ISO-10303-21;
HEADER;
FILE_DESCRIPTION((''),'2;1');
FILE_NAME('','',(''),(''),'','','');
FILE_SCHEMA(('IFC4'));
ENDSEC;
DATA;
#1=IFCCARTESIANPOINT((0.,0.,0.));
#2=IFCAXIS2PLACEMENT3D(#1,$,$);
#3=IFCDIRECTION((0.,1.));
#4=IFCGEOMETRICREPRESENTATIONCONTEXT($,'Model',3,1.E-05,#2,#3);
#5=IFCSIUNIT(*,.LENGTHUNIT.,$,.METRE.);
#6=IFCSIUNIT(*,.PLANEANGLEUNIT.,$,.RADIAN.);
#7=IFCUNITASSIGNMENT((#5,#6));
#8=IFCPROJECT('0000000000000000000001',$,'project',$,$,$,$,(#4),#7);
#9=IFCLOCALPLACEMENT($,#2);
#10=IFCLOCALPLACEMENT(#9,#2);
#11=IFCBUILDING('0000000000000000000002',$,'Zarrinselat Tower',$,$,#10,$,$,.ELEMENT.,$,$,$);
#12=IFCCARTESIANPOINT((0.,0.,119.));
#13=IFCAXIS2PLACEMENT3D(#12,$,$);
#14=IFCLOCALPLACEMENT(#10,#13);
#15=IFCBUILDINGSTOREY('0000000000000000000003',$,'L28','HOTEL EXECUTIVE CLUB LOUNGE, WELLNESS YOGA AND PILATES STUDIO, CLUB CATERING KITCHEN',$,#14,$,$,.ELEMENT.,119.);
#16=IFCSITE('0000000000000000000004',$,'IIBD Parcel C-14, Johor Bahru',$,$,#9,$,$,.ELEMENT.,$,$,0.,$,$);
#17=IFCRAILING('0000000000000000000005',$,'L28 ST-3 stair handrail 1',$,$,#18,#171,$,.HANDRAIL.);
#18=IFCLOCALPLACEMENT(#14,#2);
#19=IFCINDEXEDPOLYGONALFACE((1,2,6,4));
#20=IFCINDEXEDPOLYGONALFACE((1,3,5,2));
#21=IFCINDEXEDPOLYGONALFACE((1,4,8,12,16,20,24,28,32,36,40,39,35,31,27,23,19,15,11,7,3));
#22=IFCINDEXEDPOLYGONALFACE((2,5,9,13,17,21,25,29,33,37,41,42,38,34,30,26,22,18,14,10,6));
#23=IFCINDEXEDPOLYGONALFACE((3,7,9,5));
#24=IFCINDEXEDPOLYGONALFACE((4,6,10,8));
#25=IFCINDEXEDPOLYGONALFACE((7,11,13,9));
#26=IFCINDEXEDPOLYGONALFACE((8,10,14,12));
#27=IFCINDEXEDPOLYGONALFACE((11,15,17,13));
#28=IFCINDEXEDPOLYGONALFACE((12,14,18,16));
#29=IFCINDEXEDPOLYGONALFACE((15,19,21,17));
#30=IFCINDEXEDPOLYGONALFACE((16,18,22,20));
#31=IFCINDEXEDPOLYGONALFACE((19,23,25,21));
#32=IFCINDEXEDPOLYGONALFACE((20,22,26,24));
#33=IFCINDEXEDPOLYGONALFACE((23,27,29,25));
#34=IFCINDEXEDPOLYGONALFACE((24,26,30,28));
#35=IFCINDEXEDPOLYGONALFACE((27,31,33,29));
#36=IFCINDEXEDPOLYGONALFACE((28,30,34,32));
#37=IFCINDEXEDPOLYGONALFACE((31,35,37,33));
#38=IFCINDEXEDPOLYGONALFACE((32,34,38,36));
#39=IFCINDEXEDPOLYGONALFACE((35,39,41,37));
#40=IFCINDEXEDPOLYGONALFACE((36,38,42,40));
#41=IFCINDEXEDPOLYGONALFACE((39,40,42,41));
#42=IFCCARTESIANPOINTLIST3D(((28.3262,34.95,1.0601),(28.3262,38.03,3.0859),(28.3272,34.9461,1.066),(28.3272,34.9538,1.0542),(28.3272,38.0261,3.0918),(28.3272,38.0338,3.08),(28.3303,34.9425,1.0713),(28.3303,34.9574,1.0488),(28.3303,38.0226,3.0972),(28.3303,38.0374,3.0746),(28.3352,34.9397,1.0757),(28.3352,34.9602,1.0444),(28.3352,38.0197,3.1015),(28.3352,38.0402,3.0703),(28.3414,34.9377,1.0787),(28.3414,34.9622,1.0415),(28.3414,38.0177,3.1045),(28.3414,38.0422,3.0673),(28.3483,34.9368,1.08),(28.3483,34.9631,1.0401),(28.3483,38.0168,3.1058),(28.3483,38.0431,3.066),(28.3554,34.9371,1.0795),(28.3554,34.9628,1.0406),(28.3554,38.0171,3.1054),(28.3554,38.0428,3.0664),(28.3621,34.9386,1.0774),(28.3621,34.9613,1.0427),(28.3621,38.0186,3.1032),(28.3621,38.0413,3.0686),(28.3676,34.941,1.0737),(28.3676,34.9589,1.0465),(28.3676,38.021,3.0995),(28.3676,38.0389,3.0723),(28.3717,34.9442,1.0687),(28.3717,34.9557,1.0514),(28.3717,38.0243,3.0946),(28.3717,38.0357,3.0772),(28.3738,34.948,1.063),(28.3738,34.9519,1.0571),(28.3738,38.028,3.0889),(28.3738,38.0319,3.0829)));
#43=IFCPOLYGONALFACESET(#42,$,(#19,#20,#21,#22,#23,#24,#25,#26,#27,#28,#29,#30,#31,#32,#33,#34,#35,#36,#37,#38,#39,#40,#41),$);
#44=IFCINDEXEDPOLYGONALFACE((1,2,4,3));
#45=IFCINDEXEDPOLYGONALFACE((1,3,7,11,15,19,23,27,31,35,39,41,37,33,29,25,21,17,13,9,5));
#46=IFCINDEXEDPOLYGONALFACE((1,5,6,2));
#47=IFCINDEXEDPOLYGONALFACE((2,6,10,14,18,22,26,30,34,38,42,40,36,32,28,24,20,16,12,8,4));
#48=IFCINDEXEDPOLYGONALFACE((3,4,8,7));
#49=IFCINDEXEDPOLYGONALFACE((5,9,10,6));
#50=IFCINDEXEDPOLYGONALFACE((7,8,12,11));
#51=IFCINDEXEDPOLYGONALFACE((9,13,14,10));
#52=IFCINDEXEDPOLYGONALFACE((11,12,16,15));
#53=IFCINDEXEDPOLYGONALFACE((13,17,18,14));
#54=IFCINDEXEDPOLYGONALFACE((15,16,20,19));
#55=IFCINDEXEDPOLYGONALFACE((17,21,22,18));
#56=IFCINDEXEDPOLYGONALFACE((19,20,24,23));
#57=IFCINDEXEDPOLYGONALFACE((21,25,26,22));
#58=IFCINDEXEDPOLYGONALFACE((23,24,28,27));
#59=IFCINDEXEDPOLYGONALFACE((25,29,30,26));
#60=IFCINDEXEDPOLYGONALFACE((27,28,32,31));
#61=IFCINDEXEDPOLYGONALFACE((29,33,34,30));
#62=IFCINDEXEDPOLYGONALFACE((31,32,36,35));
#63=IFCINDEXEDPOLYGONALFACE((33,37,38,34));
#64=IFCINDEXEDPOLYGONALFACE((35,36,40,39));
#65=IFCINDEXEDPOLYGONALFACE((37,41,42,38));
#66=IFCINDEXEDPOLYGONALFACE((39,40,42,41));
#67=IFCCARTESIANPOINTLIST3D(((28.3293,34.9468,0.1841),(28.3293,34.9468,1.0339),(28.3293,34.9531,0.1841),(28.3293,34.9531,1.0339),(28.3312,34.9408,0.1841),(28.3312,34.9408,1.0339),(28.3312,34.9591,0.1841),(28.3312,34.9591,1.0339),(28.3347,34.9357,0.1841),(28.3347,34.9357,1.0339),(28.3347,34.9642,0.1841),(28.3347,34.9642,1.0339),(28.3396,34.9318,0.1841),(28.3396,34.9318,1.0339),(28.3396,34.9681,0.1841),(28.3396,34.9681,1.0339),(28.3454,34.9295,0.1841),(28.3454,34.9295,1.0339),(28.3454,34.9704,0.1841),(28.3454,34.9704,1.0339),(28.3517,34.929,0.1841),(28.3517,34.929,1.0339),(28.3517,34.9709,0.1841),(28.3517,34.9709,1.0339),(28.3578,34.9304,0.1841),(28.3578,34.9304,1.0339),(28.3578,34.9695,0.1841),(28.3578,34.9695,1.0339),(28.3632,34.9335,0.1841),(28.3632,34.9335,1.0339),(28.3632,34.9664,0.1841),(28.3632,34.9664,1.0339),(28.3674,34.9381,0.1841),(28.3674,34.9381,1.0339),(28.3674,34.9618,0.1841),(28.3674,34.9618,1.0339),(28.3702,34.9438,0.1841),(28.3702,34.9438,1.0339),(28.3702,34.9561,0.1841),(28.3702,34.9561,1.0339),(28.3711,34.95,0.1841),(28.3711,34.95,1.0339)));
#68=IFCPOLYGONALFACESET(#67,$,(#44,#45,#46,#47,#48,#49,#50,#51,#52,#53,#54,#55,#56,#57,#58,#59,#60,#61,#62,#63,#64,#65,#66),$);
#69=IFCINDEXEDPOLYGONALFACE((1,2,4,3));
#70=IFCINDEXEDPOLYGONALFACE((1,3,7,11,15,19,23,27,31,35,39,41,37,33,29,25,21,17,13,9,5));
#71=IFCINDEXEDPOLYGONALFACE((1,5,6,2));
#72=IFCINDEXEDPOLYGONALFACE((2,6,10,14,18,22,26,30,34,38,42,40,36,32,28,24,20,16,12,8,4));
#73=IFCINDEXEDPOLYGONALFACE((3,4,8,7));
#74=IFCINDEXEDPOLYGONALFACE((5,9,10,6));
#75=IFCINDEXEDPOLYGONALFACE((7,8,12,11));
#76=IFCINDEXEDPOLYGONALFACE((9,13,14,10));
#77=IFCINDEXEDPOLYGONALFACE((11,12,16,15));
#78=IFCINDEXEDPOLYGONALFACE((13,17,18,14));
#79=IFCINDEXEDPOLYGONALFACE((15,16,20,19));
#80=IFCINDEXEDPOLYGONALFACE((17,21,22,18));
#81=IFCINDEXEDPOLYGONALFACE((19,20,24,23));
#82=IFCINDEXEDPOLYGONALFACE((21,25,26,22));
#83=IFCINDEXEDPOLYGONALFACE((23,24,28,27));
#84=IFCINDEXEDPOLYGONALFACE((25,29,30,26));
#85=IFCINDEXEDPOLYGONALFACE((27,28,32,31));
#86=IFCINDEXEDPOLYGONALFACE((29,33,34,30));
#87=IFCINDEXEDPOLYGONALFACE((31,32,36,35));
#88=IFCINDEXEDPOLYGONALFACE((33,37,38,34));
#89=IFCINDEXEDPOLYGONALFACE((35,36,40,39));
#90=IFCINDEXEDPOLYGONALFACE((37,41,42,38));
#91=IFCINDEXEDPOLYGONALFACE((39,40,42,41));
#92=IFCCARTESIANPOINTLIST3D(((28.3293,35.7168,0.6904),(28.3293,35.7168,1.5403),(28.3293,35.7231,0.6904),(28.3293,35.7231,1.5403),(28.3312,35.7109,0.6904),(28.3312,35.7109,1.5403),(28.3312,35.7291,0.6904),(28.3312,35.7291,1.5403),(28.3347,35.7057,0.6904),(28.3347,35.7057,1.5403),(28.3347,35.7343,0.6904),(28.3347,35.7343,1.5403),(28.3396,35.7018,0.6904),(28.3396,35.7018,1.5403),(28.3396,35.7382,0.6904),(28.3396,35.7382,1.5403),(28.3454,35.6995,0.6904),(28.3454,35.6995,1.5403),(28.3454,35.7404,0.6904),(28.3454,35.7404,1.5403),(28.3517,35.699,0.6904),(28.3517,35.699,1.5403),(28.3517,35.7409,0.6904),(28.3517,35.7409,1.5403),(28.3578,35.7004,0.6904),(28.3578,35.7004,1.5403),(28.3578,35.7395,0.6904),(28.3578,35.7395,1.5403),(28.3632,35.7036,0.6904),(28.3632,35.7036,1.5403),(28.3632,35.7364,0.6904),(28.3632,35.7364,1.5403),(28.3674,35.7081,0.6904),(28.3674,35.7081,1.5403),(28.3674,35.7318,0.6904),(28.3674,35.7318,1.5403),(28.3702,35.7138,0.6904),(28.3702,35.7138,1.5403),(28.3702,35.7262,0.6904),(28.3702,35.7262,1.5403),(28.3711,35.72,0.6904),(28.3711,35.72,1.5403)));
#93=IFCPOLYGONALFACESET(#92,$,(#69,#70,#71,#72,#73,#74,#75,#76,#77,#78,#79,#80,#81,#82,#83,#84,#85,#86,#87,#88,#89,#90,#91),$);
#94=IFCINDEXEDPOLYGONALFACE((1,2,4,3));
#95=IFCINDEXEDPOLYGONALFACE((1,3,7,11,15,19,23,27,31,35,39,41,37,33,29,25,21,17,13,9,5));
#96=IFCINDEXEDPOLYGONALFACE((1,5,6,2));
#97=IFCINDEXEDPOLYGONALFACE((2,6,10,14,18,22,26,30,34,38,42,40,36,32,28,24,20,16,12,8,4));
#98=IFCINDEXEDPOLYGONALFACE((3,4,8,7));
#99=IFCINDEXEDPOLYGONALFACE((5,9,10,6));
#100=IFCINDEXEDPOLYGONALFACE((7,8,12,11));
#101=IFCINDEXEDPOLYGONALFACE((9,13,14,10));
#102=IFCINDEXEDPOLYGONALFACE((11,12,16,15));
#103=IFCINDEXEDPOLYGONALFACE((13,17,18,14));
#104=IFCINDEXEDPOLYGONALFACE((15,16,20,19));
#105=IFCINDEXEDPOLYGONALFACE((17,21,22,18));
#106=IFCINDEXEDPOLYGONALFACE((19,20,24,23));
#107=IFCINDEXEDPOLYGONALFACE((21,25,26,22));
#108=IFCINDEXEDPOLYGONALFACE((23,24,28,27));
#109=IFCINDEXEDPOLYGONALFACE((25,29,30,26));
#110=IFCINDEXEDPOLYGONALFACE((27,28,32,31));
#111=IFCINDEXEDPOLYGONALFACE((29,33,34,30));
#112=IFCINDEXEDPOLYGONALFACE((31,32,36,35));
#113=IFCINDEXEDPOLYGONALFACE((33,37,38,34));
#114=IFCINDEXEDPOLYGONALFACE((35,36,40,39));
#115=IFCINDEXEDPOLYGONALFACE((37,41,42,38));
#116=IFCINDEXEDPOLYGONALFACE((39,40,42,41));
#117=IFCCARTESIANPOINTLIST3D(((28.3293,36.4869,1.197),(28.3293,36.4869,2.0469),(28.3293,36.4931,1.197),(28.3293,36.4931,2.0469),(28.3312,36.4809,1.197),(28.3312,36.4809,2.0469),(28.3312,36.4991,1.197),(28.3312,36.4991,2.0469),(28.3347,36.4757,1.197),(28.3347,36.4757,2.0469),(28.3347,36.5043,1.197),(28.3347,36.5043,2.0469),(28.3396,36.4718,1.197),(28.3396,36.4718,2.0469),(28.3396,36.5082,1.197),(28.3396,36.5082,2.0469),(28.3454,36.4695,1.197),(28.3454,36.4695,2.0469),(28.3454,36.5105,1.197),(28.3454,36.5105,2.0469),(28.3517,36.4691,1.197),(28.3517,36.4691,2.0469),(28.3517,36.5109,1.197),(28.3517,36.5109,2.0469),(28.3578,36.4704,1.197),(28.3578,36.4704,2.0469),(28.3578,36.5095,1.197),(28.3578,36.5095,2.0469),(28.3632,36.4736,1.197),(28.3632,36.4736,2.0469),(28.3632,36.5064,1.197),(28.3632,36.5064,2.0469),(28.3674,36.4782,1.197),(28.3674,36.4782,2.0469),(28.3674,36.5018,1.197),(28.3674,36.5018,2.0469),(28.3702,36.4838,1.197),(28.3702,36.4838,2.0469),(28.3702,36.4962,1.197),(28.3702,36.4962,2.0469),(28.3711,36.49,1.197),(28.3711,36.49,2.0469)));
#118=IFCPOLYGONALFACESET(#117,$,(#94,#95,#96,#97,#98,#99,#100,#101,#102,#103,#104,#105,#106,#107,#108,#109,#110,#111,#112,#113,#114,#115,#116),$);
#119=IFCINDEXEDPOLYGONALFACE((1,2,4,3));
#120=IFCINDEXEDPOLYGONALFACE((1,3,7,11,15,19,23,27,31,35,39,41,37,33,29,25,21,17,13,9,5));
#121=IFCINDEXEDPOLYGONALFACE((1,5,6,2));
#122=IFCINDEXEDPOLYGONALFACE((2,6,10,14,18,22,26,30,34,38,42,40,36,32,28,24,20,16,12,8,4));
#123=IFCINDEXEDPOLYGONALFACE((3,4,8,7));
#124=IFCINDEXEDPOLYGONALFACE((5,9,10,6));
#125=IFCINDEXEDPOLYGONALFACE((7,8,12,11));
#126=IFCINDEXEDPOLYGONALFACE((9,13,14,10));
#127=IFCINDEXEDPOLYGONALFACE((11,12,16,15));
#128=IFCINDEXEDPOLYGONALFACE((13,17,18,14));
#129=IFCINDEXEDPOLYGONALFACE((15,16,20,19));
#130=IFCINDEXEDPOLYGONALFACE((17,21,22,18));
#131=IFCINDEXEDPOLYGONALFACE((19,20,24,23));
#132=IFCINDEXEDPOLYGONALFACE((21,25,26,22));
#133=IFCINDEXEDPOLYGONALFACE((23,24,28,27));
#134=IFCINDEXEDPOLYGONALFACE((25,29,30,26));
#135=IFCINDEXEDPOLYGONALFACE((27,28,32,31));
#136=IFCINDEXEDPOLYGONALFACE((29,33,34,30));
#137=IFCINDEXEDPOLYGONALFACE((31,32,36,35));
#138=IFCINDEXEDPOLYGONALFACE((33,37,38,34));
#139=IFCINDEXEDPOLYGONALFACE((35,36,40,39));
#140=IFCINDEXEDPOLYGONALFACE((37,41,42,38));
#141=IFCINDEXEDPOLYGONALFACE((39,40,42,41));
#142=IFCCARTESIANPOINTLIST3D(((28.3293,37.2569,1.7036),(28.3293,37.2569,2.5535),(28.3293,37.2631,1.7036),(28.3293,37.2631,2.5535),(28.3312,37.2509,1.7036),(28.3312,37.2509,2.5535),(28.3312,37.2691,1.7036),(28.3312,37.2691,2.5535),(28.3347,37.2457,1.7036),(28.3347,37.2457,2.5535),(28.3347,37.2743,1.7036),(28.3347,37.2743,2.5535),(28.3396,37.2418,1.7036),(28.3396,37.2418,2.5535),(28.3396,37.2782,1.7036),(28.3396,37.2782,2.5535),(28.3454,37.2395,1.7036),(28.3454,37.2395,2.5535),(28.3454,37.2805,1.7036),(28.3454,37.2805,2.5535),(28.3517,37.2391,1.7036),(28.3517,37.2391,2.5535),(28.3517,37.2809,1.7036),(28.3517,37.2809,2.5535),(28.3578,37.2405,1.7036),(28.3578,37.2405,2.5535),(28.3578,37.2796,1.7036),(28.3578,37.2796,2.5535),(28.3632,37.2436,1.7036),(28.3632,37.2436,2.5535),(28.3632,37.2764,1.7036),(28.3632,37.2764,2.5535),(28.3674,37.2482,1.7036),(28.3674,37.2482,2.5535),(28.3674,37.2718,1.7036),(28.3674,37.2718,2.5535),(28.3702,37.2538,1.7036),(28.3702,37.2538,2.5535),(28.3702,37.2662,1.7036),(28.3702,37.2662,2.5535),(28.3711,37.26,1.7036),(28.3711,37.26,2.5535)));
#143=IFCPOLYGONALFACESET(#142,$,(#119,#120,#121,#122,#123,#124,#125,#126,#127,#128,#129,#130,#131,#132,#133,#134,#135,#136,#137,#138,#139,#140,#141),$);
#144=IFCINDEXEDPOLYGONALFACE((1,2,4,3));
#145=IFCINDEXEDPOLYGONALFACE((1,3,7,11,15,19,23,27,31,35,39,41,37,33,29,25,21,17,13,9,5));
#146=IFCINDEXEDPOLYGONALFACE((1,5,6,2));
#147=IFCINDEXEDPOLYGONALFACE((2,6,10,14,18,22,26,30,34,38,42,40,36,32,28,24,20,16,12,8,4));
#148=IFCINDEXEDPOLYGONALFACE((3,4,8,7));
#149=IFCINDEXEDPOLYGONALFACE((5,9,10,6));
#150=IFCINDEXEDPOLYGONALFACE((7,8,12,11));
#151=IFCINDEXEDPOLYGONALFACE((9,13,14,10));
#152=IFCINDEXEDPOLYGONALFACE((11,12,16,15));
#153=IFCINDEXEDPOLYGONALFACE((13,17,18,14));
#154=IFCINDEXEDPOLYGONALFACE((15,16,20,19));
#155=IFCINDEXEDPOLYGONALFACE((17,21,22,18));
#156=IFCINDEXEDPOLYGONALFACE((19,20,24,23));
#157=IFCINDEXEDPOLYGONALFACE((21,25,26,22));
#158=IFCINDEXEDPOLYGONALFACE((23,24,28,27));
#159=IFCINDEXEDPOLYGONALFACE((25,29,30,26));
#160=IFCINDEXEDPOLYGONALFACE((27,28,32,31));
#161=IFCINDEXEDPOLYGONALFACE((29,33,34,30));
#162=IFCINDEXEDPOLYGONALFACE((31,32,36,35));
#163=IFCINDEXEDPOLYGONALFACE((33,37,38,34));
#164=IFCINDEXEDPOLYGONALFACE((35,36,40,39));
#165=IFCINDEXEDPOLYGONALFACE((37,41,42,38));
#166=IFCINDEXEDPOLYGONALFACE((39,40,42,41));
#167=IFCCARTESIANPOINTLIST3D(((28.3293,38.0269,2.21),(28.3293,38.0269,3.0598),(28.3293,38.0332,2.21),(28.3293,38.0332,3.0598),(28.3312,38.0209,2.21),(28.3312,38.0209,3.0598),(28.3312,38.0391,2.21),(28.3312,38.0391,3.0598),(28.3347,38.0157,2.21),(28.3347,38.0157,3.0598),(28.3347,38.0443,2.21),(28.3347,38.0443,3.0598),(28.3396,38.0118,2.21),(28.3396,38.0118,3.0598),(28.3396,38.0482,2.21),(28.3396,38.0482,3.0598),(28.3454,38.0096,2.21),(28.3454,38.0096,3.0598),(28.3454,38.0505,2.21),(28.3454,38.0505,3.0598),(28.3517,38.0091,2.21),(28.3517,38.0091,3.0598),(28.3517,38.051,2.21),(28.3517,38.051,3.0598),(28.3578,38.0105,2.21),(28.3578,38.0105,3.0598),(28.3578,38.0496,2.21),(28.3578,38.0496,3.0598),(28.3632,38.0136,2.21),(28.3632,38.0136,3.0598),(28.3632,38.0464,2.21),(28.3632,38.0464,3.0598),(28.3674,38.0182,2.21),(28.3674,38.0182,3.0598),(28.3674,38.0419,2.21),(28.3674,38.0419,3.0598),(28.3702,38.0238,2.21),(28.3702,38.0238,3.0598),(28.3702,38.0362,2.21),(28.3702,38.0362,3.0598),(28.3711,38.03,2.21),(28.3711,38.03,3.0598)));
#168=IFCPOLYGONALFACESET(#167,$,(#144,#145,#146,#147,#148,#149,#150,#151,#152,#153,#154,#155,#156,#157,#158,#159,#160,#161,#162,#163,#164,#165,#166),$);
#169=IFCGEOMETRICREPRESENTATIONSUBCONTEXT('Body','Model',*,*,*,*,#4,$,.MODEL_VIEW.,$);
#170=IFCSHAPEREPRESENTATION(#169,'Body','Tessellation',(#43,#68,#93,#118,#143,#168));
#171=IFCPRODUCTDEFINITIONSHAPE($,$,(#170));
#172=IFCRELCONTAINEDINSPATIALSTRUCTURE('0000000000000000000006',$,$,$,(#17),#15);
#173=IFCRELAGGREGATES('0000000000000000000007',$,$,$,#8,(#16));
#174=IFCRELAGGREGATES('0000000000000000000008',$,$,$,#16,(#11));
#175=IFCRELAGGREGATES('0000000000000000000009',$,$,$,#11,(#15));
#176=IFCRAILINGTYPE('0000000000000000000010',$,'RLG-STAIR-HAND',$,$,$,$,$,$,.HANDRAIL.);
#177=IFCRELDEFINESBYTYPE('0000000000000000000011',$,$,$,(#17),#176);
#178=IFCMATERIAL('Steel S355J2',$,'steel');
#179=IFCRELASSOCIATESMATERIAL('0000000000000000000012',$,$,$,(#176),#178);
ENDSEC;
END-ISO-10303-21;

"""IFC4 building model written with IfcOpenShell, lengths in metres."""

from ifc_helpers import new_model, si_unit, direction, frame, origin, origin_2d, place, context, subcontext, project, spatial, circle, extrude, material, type_object, element, save


model = new_model("IFC4")

# Units and contexts
model_context = context("Model", 3, precision=1e-05, world=origin(), true_north=direction((0.0, 1.0)))
body_context = subcontext(model_context, "Body", "Model", "MODEL_VIEW")
ifc_project = project(units=[si_unit("LENGTHUNIT", "METRE"), si_unit("PLANEANGLEUNIT", "RADIAN")], contexts=[model_context])

# Site, building, storey
site_placement = place(None, origin())
site = spatial("IfcSite", under=ifc_project, at=site_placement, Name="IIBD Parcel C-14, Johor Bahru", CompositionType="ELEMENT", RefElevation=0.0)
building_placement = place(site_placement, origin())
building = spatial("IfcBuilding", under=site, at=building_placement, Name="Zarrinselat Tower", CompositionType="ELEMENT")
storey_placement = place(building_placement, frame((0.0, 0.0, 119.0)))
storey = spatial("IfcBuildingStorey", under=building, at=storey_placement, Name="L28", Description="HOTEL EXECUTIVE CLUB LOUNGE, WELLNESS YOGA AND PILATES STUDIO, CLUB CATERING KITCHEN", CompositionType="ELEMENT", Elevation=119.0)

# Railing
ifc_material_1 = material(Name="Steel S355J2", Category="steel")
railing_type_1 = type_object("IfcRailingType", Name="RLG-STAIR-HAND", PredefinedType="HANDRAIL", material=ifc_material_1)
railing_1_placement = place(storey_placement, frame((28.3501, 34.95, 0.1841)))
element("IfcRailing", 1, at=railing_1_placement, inside=storey, type_object=railing_type_1, Name="L28 ST-3 stair handrail 1", PredefinedType="HANDRAIL", context=body_context, shape_type="SweptSolid", body=[
    extrude(circle(Radius=0.0239, at=origin_2d()), frame((0.0, 0.0, 0.876), z_axis=(0.0, 0.835478, 0.549524), x_axis=(-1.0, 0.0, 0.0)), (0.0, 0.0, 1.0), 3.6865),
    extrude(circle(Radius=0.021, at=origin_2d()), origin(), (0.0, 0.0, 1.0), 0.8499),
    extrude(circle(Radius=0.021, at=origin_2d()), frame((0.0, 0.77, 0.5063)), (0.0, 0.0, 1.0), 0.8499),
    extrude(circle(Radius=0.021, at=origin_2d()), frame((0.0, 1.54, 1.0129)), (0.0, 0.0, 1.0), 0.8499),
    extrude(circle(Radius=0.021, at=origin_2d()), frame((0.0, 2.3101, 1.5195)), (0.0, 0.0, 1.0), 0.8499),
    extrude(circle(Radius=0.021, at=origin_2d()), frame((0.0, 3.0801, 2.0259)), (0.0, 0.0, 1.0), 0.8499),
])

save(model, "model.ifc")
